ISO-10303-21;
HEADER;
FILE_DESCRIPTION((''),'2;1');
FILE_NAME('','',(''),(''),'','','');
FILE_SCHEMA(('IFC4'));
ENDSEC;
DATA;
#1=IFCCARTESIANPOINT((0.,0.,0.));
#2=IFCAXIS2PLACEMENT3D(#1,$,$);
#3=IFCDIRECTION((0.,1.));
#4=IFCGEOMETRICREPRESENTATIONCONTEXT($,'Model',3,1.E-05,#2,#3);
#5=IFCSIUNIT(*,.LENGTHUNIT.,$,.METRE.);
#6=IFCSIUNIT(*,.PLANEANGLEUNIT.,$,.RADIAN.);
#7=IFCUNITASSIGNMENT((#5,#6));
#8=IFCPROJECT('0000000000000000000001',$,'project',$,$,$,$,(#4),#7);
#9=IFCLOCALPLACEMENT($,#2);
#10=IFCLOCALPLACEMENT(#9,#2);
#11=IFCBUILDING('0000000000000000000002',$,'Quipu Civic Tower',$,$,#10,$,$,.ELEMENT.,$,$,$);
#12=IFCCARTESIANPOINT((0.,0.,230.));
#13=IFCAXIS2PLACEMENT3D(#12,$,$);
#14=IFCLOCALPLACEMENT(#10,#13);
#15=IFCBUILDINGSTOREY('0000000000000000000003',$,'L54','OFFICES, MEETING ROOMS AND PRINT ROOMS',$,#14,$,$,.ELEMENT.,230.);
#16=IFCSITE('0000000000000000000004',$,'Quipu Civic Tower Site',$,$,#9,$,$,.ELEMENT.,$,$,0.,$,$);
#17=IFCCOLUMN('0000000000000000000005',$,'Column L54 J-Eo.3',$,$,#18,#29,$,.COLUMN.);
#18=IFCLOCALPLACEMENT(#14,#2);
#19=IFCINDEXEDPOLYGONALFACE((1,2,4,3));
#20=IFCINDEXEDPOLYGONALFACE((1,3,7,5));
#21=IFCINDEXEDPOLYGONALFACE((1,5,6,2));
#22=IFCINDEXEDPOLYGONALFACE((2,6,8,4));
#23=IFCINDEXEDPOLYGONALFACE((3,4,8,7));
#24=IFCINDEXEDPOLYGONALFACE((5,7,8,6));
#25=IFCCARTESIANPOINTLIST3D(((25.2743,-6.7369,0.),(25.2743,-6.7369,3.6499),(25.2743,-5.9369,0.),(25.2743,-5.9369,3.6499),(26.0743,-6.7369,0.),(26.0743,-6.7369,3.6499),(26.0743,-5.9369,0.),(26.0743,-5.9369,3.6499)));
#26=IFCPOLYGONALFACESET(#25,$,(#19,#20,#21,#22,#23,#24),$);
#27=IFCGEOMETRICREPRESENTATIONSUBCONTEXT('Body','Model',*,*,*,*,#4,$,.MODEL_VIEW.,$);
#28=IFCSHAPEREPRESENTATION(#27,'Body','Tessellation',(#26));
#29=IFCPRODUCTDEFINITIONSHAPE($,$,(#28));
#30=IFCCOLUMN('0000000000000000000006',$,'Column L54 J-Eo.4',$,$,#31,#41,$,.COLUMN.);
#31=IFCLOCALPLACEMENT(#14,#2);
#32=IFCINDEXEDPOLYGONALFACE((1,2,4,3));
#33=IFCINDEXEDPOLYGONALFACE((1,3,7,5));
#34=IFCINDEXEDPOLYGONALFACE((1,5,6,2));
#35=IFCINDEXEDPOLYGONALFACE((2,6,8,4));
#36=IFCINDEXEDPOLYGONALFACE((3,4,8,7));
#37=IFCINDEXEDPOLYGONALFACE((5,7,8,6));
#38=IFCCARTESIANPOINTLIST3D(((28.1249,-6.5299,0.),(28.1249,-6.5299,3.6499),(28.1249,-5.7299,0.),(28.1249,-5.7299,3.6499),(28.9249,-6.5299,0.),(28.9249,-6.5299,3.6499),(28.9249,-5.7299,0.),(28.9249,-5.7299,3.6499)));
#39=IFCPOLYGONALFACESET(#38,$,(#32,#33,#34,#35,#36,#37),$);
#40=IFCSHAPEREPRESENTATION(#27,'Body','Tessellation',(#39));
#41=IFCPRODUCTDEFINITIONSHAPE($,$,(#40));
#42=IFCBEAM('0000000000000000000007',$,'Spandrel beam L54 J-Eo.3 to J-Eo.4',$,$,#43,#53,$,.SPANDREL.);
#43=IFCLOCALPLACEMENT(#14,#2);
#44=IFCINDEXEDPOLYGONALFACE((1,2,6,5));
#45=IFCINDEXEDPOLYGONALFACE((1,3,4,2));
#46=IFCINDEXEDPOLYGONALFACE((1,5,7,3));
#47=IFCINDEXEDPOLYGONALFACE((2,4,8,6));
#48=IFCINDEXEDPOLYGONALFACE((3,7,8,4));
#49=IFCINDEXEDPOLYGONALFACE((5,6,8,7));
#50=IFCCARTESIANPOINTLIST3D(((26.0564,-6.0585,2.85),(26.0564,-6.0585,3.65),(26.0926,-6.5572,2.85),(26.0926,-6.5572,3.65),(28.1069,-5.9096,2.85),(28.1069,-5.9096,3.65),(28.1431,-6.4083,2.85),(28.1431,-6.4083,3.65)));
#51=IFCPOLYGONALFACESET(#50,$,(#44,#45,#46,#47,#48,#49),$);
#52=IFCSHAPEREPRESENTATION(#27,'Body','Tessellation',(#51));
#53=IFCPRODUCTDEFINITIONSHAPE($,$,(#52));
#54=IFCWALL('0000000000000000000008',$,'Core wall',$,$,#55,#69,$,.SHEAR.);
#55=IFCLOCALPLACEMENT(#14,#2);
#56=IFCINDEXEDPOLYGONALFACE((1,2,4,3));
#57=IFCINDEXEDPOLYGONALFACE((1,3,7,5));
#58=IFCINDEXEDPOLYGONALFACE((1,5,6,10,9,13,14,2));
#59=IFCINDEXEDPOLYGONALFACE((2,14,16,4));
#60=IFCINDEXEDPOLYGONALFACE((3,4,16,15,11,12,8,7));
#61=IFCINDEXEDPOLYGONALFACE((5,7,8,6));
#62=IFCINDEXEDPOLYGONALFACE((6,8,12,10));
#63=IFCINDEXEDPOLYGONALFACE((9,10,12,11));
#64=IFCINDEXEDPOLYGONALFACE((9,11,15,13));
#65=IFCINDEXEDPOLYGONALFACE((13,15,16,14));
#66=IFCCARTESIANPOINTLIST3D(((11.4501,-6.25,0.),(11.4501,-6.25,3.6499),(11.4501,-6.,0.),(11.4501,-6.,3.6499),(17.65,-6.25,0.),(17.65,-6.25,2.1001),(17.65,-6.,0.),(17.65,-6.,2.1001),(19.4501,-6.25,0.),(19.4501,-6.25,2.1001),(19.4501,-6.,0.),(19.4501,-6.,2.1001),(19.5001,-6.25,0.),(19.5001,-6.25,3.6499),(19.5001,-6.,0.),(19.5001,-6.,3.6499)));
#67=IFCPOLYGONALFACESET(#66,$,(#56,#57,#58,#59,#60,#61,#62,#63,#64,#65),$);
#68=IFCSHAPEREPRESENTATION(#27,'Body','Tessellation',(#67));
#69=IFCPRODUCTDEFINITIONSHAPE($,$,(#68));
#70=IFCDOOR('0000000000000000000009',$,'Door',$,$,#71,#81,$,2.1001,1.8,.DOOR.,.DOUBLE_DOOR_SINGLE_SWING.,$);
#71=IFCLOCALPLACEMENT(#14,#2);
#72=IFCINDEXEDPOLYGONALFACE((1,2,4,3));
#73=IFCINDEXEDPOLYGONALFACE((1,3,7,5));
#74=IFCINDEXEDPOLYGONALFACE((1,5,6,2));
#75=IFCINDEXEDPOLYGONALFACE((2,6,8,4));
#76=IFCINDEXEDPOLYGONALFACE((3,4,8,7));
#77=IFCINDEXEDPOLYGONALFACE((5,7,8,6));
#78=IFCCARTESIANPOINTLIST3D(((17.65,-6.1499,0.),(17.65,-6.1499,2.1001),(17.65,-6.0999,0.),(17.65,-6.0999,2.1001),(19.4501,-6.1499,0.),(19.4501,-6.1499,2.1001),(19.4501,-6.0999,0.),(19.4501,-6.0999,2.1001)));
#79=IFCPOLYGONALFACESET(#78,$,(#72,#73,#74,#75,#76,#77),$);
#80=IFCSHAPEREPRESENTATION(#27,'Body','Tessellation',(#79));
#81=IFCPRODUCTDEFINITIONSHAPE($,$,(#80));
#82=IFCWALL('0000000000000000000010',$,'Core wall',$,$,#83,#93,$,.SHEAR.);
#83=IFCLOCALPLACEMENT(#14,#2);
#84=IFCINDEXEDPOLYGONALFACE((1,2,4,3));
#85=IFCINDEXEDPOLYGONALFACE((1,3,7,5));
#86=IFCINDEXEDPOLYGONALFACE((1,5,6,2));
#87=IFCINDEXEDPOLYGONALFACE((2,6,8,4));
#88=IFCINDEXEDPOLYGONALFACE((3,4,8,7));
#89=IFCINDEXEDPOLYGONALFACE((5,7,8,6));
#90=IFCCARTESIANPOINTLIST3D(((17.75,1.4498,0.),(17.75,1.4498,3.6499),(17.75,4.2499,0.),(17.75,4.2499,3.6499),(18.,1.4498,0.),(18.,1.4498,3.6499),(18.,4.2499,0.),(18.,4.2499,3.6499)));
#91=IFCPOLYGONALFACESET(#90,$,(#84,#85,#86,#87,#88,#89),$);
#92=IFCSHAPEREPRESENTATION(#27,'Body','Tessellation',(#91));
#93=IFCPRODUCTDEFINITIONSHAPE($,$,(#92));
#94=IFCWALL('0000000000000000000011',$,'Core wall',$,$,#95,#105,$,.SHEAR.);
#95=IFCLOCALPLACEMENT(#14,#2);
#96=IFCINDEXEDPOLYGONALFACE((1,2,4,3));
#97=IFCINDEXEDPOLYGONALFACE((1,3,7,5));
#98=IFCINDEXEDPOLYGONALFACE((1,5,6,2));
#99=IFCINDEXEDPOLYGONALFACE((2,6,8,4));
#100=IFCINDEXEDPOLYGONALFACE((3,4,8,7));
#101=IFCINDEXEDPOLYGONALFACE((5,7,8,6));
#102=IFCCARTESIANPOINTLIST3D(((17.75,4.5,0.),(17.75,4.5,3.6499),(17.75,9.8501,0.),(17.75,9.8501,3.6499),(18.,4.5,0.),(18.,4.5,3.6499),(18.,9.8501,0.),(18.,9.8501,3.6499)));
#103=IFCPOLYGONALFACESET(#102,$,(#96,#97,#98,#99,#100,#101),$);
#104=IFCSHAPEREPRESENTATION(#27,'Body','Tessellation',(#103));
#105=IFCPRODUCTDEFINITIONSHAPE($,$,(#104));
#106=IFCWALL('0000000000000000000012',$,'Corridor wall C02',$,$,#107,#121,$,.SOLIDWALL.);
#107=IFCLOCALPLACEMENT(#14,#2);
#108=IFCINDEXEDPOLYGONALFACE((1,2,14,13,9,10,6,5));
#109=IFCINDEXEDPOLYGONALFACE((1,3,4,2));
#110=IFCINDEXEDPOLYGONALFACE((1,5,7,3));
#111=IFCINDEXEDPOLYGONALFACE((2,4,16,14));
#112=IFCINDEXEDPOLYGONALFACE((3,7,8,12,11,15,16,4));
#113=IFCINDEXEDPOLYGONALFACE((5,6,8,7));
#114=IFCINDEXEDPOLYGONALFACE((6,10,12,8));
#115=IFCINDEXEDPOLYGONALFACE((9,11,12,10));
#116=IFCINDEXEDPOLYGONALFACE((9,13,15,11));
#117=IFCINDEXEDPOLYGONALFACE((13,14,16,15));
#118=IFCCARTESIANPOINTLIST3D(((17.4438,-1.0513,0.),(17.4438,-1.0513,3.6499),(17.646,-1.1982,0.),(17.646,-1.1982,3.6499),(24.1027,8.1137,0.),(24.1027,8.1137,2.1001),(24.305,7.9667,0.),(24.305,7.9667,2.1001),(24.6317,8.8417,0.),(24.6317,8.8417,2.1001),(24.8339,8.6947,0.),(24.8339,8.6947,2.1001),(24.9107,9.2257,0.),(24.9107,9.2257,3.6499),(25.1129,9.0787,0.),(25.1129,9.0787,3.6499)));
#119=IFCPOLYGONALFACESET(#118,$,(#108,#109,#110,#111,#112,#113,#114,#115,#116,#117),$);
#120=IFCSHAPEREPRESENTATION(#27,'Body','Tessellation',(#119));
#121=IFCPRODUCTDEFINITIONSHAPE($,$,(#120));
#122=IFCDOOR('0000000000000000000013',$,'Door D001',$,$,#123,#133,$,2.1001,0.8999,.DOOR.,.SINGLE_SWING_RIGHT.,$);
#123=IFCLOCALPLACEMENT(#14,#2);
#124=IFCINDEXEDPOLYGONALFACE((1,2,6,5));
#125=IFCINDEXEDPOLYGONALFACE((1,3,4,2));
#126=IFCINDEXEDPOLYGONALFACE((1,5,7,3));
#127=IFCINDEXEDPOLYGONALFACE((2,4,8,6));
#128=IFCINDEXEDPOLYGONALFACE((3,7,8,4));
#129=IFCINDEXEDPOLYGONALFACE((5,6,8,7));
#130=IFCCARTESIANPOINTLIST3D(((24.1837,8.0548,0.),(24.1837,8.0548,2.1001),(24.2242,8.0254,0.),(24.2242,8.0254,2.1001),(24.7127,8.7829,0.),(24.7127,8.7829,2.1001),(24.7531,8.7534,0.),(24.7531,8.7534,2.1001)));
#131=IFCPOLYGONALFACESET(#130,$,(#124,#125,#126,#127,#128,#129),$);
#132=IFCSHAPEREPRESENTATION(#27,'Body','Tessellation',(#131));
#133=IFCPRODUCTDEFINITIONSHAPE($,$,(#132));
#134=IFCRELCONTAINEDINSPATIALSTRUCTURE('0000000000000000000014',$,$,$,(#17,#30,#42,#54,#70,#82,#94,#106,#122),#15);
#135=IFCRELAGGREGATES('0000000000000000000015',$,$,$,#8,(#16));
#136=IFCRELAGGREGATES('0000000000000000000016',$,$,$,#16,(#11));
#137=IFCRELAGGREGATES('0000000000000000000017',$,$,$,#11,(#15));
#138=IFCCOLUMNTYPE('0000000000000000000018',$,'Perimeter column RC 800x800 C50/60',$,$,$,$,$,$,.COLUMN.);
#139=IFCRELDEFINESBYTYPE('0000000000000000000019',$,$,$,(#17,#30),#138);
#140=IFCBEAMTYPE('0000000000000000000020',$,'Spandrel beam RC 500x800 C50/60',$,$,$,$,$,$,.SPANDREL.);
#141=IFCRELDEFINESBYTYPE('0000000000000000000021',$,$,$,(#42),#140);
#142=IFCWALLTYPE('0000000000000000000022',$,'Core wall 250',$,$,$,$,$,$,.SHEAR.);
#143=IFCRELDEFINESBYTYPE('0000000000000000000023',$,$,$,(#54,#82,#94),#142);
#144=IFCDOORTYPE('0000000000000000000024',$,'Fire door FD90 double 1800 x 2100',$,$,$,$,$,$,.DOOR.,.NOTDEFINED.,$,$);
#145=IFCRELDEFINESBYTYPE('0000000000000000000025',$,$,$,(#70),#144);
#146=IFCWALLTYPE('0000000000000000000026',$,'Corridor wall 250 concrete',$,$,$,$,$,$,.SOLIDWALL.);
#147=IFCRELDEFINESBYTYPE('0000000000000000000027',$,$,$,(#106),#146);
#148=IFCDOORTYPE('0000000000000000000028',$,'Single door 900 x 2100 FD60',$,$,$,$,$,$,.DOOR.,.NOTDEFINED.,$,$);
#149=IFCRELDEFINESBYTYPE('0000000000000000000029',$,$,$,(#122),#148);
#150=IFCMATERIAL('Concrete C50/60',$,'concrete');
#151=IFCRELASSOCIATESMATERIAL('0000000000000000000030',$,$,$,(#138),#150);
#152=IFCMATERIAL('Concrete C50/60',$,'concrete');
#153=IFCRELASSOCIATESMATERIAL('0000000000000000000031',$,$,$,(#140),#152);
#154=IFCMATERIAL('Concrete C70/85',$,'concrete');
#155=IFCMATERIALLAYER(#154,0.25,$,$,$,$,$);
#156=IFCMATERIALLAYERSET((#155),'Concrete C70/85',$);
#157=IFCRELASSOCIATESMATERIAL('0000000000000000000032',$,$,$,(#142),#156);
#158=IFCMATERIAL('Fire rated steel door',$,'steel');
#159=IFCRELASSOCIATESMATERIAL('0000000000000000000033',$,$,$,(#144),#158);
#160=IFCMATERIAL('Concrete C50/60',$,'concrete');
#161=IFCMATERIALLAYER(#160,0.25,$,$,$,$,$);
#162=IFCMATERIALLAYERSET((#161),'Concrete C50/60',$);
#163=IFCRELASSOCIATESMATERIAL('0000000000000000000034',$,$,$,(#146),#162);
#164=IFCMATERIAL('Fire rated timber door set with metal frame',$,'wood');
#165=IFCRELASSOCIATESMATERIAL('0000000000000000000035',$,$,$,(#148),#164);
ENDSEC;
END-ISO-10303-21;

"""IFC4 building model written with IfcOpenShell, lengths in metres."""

from ifc_helpers import new_model, si_unit, direction, frame, frame_2d, origin, origin_2d, place, context, subcontext, project, spatial, rectangle, extrude, material, layer, layer_set, material_profile, profile_set, type_object, element, fill, save


model = new_model("IFC4")

# Units and contexts
model_context = context("Model", 3, precision=1e-05, world=origin(), true_north=direction((0.0, 1.0)))
body_context = subcontext(model_context, "Body", "Model", "MODEL_VIEW")
ifc_project = project(units=[si_unit("LENGTHUNIT", "METRE"), si_unit("PLANEANGLEUNIT", "RADIAN")], contexts=[model_context])

# Site, building, storey
site_placement = place(None, origin())
site = spatial("IfcSite", under=ifc_project, at=site_placement, Name="Quipu Civic Tower Site", CompositionType="ELEMENT", RefElevation=0.0)
building_placement = place(site_placement, origin())
building = spatial("IfcBuilding", under=site, at=building_placement, Name="Quipu Civic Tower", CompositionType="ELEMENT")
storey_placement = place(building_placement, frame((0.0, 0.0, 230.0)))
storey = spatial("IfcBuildingStorey", under=building, at=storey_placement, Name="L54", Description="OFFICES, MEETING ROOMS AND PRINT ROOMS", CompositionType="ELEMENT", Elevation=230.0)

# Columns
ifc_material_1 = material(Name="Concrete C50/60", Category="concrete")
ifc_material_profile_1 = material_profile(ifc_material_1, rectangle(XDim=0.8, YDim=0.8, at=origin_2d()), Name="RC800x800")
ifc_profile_set_1 = profile_set([ifc_material_profile_1], Name="Concrete C50/60")
column_type = type_object("IfcColumnType", Name="Perimeter column RC 800x800 C50/60", PredefinedType="COLUMN", material=ifc_profile_set_1)
for number, where, z_axis, x_axis, name in (
    (1, (25.6743, -6.3369, 0.0), (0.0, 0.0, 1.0), (1.0, 0.0, 0.0), "Column L54 J-Eo.3"),
    (2, (28.5249, -6.1299, 0.0), (0.0, 0.0, 1.0), (1.0, 0.0, 0.0), "Column L54 J-Eo.4"),
):
    element("IfcColumn", number, at=place(storey_placement, frame(where, z_axis=z_axis, x_axis=x_axis)), inside=storey, type_object=column_type, Name=name, PredefinedType="COLUMN", context=body_context, shape_type="SweptSolid", body=[
        extrude(rectangle(XDim=0.8, YDim=0.8, at=origin_2d()), origin(), (0.0, 0.0, 1.0), 3.6499),
    ])

# Beam
ifc_material_2 = material(Name="Concrete C50/60", Category="concrete")
ifc_material_profile_2 = material_profile(ifc_material_2, rectangle(XDim=0.5, YDim=0.8, at=origin_2d()), Name="RC500x800")
ifc_profile_set_2 = profile_set([ifc_material_profile_2], Name="Concrete C50/60")
beam_type = type_object("IfcBeamType", Name="Spandrel beam RC 500x800 C50/60", PredefinedType="SPANDREL", material=ifc_profile_set_2)
beam_placement = place(storey_placement, frame((26.0745, -6.3079, 3.25), z_axis=(0.997373, 0.072437, 0.0), x_axis=(-0.072437, 0.997373, 0.0)))
element("IfcBeam", 3, at=beam_placement, inside=storey, type_object=beam_type, Name="Spandrel beam L54 J-Eo.3 to J-Eo.4", PredefinedType="SPANDREL", context=body_context, shape_type="SweptSolid", body=[
    extrude(rectangle(XDim=0.5, YDim=0.8, at=origin_2d()), origin(), (0.0, 0.0, 1.0), 2.0559),
])

# Wall, opening, door
ifc_material_3 = material(Name="Concrete C70/85", Category="concrete")
ifc_layer_1 = layer(ifc_material_3, 0.25)
ifc_layer_set_1 = layer_set([ifc_layer_1], Name="Concrete C70/85")
wall_type_1 = type_object("IfcWallType", Name="Core wall 250", PredefinedType="SHEAR", material=ifc_layer_set_1)
wall_1_placement = place(storey_placement, frame((19.5, -6.125, 0.0), z_axis=(0.0, 0.0, 1.0), x_axis=(-1.0, 0.0, 0.0)))
wall_1 = element("IfcWall", 4, at=wall_1_placement, inside=storey, type_object=wall_type_1, Name="Core wall", PredefinedType="SHEAR", context=body_context, shape_type="SweptSolid", body=[
    extrude(rectangle(XDim=8.05, YDim=0.25, at=frame_2d((4.0249, 0.0))), origin(), (0.0, 0.0, 1.0), 3.6499),
])
opening_1_placement = place(wall_1_placement, frame((0.05, 0.0, 0.0)))
opening_1 = element("IfcOpeningElement", 5, at=opening_1_placement, cuts=wall_1, PredefinedType="OPENING", context=body_context, shape_type="SweptSolid", body=[
    extrude(rectangle(XDim=1.8, YDim=2.1001, at=frame_2d((0.8999, 1.05))), frame((0.0, 0.135, 0.0), z_axis=(0.0, -1.0, 0.0), x_axis=(1.0, 0.0, 0.0)), (0.0, 0.0, 1.0), 0.27),
])
ifc_material_4 = material(Name="Fire rated steel door", Category="steel")
door_type_1 = type_object("IfcDoorType", Name="Fire door FD90 double 1800 x 2100", OperationType="NOTDEFINED", PredefinedType="DOOR", material=ifc_material_4)
door_1_placement = place(opening_1_placement, origin())
door_1 = element("IfcDoor", 6, at=door_1_placement, inside=storey, type_object=door_type_1, Name="Door", OperationType="DOUBLE_DOOR_SINGLE_SWING", OverallHeight=2.1001, OverallWidth=1.8, PredefinedType="DOOR", context=body_context, shape_type="SweptSolid", body=[
    extrude(rectangle(XDim=1.8, YDim=2.1001, at=frame_2d((0.8999, 1.05))), frame((0.0, 0.0249, 0.0), z_axis=(0.0, -1.0, 0.0), x_axis=(1.0, 0.0, 0.0)), (0.0, 0.0, 1.0), 0.05),
])
fill(opening_1, door_1)

# Walls
wall_2_placement = place(storey_placement, frame((17.875, 1.45, 0.0), z_axis=(0.0, 0.0, 1.0), x_axis=(0.0, 1.0, 0.0)))
element("IfcWall", 7, at=wall_2_placement, inside=storey, type_object=wall_type_1, Name="Core wall", PredefinedType="SHEAR", context=body_context, shape_type="SweptSolid", body=[
    extrude(rectangle(XDim=2.8, YDim=0.25, at=frame_2d((1.3999, 0.0))), origin(), (0.0, 0.0, 1.0), 3.6499),
])
wall_3_placement = place(storey_placement, frame((17.875, 4.5, 0.0), z_axis=(0.0, 0.0, 1.0), x_axis=(0.0, 1.0, 0.0)))
element("IfcWall", 8, at=wall_3_placement, inside=storey, type_object=wall_type_1, Name="Core wall", PredefinedType="SHEAR", context=body_context, shape_type="SweptSolid", body=[
    extrude(rectangle(XDim=5.3501, YDim=0.25, at=frame_2d((2.675, 0.0))), origin(), (0.0, 0.0, 1.0), 3.6499),
])

# Wall, opening, door
ifc_material_5 = material(Name="Concrete C50/60", Category="concrete")
ifc_layer_2 = layer(ifc_material_5, 0.25)
ifc_layer_set_2 = layer_set([ifc_layer_2], Name="Concrete C50/60")
wall_type_2 = type_object("IfcWallType", Name="Corridor wall 250 concrete", PredefinedType="SOLIDWALL", material=ifc_layer_set_2)
wall_4_placement = place(storey_placement, frame((17.5449, -1.1248, 0.0), z_axis=(0.0, 0.0, 1.0), x_axis=(0.587797, 0.809009, 0.0)))
wall_4 = element("IfcWall", 9, at=wall_4_placement, inside=storey, type_object=wall_type_2, Name="Corridor wall C02", PredefinedType="SOLIDWALL", context=body_context, shape_type="SweptSolid", body=[
    extrude(rectangle(XDim=12.7031, YDim=0.25, at=frame_2d((6.3516, 0.0))), origin(), (0.0, 0.0, 1.0), 3.6499),
])
opening_2_placement = place(wall_4_placement, frame((11.3286, 0.0, 0.0)))
opening_2 = element("IfcOpeningElement", 10, at=opening_2_placement, cuts=wall_4, PredefinedType="OPENING", context=body_context, shape_type="SweptSolid", body=[
    extrude(rectangle(XDim=0.8999, YDim=2.1001, at=frame_2d((0.45, 1.05))), frame((0.0, 0.135, 0.0), z_axis=(0.0, -1.0, 0.0), x_axis=(1.0, 0.0, 0.0)), (0.0, 0.0, 1.0), 0.27),
])
ifc_material_6 = material(Name="Fire rated timber door set with metal frame", Category="wood")
door_type_2 = type_object("IfcDoorType", Name="Single door 900 x 2100 FD60", OperationType="NOTDEFINED", PredefinedType="DOOR", material=ifc_material_6)
door_2_placement = place(opening_2_placement, origin())
door_2 = element("IfcDoor", 11, at=door_2_placement, inside=storey, type_object=door_type_2, Name="Door D001", OperationType="SINGLE_SWING_RIGHT", OverallHeight=2.1001, OverallWidth=0.8999, PredefinedType="DOOR", context=body_context, shape_type="SweptSolid", body=[
    extrude(rectangle(XDim=0.8999, YDim=2.1001, at=frame_2d((0.45, 1.05))), frame((0.0, 0.0249, 0.0), z_axis=(0.0, -1.0, 0.0), x_axis=(1.0, 0.0, 0.0)), (0.0, 0.0, 1.0), 0.05),
])
fill(opening_2, door_2)

save(model, "model.ifc")
